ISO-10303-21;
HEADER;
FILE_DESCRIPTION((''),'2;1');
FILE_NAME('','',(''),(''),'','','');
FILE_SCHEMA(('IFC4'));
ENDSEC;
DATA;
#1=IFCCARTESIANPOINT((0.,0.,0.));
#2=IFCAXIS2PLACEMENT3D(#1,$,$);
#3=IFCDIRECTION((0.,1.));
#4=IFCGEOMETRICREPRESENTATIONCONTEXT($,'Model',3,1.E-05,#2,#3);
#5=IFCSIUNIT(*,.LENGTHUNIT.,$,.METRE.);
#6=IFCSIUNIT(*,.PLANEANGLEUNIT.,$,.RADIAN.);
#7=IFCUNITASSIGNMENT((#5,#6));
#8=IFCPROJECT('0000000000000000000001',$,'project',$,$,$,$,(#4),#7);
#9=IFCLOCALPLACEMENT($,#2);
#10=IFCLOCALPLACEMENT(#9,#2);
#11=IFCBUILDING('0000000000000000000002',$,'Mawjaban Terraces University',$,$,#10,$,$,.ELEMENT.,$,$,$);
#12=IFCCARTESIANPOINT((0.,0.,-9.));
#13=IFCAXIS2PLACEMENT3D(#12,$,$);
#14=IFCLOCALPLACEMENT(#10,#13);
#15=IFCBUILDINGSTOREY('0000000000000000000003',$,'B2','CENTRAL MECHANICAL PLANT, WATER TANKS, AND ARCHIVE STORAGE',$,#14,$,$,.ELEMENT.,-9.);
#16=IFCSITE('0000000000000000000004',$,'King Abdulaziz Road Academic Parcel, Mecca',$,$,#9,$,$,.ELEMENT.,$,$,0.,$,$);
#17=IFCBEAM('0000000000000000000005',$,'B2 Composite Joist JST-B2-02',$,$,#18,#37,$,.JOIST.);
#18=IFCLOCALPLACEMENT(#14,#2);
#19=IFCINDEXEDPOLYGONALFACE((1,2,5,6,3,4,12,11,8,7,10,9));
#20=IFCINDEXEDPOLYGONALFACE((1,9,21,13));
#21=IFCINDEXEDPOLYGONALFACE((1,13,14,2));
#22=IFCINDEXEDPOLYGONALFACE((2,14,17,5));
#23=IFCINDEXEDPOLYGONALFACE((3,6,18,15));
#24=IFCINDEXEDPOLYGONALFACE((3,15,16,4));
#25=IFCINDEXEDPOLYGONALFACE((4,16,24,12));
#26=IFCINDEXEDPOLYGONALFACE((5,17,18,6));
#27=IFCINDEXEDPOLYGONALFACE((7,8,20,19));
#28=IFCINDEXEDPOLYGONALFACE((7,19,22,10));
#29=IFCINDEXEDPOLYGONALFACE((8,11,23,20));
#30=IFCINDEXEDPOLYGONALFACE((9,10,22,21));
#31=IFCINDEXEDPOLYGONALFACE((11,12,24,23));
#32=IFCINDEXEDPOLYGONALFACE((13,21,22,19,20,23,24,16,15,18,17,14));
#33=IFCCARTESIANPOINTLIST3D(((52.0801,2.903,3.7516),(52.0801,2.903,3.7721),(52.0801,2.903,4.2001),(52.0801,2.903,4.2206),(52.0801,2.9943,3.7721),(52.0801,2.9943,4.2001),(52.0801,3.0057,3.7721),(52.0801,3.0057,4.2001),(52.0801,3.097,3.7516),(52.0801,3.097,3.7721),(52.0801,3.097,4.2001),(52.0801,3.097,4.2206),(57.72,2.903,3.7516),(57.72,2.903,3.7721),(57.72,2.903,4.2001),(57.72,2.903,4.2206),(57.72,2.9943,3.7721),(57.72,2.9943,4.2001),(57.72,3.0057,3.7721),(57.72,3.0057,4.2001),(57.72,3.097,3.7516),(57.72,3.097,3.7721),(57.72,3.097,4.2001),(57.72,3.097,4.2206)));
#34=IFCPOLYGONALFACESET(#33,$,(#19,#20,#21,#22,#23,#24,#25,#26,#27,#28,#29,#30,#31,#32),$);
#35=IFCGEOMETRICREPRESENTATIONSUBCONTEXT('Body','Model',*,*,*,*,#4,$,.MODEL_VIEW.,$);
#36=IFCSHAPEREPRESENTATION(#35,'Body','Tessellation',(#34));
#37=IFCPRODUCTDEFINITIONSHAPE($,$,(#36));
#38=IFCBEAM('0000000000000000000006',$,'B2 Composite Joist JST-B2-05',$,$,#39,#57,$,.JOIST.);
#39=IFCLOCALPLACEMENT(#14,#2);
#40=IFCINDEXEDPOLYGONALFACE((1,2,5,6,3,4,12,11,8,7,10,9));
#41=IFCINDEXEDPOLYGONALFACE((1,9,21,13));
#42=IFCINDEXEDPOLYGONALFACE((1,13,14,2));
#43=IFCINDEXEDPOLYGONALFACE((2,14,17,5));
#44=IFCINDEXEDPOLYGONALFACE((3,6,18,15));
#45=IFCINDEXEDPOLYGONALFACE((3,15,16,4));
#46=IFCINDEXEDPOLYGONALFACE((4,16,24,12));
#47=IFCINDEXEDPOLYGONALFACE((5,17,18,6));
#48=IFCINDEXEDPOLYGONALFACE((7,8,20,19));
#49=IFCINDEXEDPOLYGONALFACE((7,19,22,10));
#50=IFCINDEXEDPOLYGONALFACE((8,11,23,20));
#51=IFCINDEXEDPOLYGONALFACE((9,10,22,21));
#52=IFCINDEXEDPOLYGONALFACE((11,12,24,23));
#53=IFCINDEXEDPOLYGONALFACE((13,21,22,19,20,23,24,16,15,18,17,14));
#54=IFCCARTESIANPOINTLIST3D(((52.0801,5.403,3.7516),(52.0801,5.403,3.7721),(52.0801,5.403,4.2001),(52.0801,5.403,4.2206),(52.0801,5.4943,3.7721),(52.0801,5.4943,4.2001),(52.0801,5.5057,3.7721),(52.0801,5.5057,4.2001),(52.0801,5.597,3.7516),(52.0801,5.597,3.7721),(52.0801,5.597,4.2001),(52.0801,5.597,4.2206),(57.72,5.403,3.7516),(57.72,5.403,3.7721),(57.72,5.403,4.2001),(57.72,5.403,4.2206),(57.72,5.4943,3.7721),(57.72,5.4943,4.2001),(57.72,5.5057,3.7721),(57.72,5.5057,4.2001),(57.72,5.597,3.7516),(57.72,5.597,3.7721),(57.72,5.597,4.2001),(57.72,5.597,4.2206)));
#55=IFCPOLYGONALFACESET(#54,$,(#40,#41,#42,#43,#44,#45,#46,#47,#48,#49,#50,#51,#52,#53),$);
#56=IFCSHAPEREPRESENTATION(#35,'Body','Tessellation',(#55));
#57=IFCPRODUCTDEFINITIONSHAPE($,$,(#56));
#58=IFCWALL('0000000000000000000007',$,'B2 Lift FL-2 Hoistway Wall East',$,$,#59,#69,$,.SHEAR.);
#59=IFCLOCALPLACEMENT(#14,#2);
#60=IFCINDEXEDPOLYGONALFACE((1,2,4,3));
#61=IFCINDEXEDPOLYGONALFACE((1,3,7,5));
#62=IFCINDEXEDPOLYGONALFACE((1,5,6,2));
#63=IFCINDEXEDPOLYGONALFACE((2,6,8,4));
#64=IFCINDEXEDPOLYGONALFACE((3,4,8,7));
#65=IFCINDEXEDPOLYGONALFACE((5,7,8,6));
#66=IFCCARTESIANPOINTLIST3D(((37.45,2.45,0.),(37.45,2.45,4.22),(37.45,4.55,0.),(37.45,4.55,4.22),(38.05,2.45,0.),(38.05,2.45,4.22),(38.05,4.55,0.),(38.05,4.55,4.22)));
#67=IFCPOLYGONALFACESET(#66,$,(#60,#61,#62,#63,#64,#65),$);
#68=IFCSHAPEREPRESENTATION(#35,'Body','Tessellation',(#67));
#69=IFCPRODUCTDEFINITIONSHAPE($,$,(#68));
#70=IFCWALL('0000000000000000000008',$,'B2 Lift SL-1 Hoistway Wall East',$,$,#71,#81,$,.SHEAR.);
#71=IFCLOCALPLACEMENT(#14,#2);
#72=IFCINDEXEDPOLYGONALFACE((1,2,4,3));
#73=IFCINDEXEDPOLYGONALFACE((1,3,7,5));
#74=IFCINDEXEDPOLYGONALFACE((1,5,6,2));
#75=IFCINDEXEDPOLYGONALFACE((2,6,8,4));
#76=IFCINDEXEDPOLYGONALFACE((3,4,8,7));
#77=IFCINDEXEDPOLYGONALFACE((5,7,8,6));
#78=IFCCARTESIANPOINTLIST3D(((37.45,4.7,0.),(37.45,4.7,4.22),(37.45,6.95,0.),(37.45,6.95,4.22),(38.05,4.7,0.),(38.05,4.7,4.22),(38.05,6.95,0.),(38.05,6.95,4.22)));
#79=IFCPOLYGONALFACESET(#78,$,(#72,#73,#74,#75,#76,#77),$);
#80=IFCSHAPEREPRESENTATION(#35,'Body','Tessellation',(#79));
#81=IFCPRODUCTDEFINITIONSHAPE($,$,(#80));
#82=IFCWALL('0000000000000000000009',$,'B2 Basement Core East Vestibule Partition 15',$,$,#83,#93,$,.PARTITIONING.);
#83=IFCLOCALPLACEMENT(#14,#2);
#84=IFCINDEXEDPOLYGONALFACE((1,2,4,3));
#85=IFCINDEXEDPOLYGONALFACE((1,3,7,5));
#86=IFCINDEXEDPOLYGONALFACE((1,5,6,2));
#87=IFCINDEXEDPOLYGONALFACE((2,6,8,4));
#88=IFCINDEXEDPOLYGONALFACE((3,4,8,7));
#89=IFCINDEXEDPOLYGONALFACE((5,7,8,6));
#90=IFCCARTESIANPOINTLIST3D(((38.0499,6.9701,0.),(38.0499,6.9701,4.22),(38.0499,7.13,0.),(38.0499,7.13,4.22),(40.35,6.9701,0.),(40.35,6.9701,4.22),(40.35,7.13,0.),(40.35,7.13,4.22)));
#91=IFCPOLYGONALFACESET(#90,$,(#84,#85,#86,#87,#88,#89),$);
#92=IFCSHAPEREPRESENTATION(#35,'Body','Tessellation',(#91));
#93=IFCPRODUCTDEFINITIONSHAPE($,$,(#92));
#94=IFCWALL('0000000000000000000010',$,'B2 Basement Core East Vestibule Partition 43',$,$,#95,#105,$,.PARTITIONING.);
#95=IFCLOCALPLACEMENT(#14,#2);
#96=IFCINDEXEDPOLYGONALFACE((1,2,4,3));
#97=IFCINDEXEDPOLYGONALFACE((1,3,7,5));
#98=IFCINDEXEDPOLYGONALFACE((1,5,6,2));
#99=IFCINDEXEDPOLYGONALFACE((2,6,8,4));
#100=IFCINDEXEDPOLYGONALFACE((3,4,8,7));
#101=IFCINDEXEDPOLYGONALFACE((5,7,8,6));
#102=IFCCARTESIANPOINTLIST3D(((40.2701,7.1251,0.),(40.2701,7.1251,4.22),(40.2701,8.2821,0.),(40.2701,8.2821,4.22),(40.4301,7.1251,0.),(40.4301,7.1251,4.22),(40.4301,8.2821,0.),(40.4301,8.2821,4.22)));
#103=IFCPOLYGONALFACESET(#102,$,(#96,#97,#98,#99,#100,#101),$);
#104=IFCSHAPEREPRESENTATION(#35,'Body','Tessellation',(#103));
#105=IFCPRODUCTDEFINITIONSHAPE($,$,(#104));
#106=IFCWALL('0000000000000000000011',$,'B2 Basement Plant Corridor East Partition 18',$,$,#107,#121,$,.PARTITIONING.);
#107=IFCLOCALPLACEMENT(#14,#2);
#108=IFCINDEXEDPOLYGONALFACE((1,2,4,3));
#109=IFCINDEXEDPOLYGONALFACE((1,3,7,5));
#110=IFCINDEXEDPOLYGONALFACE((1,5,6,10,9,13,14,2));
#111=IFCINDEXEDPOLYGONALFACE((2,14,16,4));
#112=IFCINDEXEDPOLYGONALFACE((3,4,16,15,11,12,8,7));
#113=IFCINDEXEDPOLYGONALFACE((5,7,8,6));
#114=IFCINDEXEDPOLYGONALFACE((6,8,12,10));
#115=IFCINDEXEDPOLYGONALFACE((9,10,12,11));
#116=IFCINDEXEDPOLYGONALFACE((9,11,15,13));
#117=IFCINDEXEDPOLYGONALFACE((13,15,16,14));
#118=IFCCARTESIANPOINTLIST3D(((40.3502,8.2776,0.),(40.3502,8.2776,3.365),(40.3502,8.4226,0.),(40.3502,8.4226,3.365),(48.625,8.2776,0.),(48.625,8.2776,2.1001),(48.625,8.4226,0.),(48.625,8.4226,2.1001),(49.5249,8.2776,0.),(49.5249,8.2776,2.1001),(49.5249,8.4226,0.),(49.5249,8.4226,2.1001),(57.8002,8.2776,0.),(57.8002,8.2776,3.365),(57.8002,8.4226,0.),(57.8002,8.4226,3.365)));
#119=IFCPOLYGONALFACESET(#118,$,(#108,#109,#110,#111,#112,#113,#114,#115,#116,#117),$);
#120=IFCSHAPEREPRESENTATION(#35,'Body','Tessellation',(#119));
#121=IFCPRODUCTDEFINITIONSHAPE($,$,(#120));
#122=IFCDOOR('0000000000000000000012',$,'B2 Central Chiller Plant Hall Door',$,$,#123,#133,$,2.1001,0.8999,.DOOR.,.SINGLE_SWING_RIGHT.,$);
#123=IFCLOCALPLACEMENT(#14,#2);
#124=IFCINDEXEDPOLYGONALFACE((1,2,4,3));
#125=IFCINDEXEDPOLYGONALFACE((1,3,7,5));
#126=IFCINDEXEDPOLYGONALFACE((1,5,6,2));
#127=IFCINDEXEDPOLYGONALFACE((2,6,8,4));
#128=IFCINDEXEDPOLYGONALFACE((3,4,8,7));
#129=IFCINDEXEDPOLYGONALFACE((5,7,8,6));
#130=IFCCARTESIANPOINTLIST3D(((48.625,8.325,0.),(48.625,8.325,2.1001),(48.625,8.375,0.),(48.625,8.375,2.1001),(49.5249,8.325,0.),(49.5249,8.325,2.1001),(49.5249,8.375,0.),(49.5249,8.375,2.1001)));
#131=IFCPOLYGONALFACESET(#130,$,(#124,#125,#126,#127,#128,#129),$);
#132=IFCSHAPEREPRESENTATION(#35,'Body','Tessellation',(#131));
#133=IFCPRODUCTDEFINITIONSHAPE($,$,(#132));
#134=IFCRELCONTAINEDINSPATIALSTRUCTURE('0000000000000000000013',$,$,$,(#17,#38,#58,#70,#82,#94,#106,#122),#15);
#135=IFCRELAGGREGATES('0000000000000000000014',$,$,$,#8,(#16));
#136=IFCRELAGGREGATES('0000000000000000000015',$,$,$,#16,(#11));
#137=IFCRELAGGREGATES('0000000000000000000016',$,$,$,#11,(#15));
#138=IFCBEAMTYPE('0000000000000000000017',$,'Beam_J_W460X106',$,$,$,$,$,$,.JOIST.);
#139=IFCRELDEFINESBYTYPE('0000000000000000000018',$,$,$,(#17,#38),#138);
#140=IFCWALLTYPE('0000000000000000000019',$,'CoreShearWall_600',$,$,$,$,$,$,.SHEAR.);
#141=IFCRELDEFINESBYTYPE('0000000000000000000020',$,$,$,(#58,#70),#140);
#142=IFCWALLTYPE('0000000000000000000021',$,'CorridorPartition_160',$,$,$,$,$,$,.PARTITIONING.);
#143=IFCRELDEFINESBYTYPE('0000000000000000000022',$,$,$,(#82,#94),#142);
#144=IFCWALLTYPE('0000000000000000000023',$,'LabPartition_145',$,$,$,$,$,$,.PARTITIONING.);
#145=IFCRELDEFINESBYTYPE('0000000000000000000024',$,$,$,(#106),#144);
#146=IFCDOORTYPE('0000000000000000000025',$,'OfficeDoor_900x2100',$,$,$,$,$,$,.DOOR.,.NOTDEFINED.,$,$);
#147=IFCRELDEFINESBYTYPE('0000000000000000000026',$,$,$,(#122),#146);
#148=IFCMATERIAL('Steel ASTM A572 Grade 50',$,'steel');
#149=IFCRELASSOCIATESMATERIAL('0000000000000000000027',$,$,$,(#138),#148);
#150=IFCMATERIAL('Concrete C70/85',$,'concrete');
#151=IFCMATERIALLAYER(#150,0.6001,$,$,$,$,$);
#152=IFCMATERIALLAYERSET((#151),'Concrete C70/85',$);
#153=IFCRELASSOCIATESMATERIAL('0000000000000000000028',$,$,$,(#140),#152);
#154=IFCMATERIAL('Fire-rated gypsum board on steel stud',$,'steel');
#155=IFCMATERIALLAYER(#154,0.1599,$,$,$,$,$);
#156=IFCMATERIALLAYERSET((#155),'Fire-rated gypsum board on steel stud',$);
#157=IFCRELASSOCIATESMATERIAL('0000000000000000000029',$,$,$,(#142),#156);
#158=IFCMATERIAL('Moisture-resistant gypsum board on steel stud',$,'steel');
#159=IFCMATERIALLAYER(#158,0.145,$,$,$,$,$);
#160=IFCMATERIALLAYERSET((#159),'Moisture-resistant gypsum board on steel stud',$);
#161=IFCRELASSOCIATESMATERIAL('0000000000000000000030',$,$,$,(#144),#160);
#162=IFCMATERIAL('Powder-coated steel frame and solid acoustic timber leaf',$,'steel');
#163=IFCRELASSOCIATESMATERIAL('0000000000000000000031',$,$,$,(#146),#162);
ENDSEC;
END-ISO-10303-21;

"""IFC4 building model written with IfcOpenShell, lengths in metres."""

from ifc_helpers import new_model, si_unit, direction, frame, frame_2d, origin, origin_2d, place, context, subcontext, project, spatial, rectangle, i_section, extrude, material, layer, layer_set, material_profile, profile_set, type_object, element, fill, save


model = new_model("IFC4")

# Units and contexts
model_context = context("Model", 3, precision=1e-05, world=origin(), true_north=direction((0.0, 1.0)))
body_context = subcontext(model_context, "Body", "Model", "MODEL_VIEW")
ifc_project = project(units=[si_unit("LENGTHUNIT", "METRE"), si_unit("PLANEANGLEUNIT", "RADIAN")], contexts=[model_context])

# Site, building, storey
site_placement = place(None, origin())
site = spatial("IfcSite", under=ifc_project, at=site_placement, Name="King Abdulaziz Road Academic Parcel, Mecca", CompositionType="ELEMENT", RefElevation=0.0)
building_placement = place(site_placement, origin())
building = spatial("IfcBuilding", under=site, at=building_placement, Name="Mawjaban Terraces University", CompositionType="ELEMENT")
storey_placement = place(building_placement, frame((0.0, 0.0, -9.0)))
storey = spatial("IfcBuildingStorey", under=building, at=storey_placement, Name="B2", Description="CENTRAL MECHANICAL PLANT, WATER TANKS, AND ARCHIVE STORAGE", CompositionType="ELEMENT", Elevation=-9.0)

# Shared definitions
ifc_material_1 = material(Name="Concrete C70/85", Category="concrete")

# Beams
ifc_material_2 = material(Name="Steel ASTM A572 Grade 50", Category="steel")
ifc_material_profile_1 = material_profile(ifc_material_2, i_section(OverallWidth=0.1941, OverallDepth=0.469, WebThickness=0.0115, FlangeThickness=0.0205, at=origin_2d()), Name="W460X106")
ifc_profile_set_1 = profile_set([ifc_material_profile_1], Name="Steel ASTM A572 Grade 50")
beam_type_1 = type_object("IfcBeamType", Name="Beam_J_W460X106", PredefinedType="JOIST", material=ifc_profile_set_1)
for number, where, z_axis, x_axis, name in (
    (1, (52.0801, 3.0, 3.9861), (1.0, 0.0, 0.0), (0.0, 1.0, 0.0), "B2 Composite Joist JST-B2-02"),
    (2, (52.0801, 5.5, 3.9861), (1.0, 0.0, 0.0), (0.0, 1.0, 0.0), "B2 Composite Joist JST-B2-05"),
):
    element("IfcBeam", number, at=place(storey_placement, frame(where, z_axis=z_axis, x_axis=x_axis)), inside=storey, type_object=beam_type_1, Name=name, PredefinedType="JOIST", context=body_context, shape_type="SweptSolid", body=[
        extrude(i_section(OverallWidth=0.1941, OverallDepth=0.469, WebThickness=0.0115, FlangeThickness=0.0205, at=origin_2d()), origin(), (0.0, 0.0, 1.0), 5.6399),
    ])

# Walls
ifc_layer_1 = layer(ifc_material_1, 0.6001)
ifc_layer_set_1 = layer_set([ifc_layer_1], Name="Concrete C70/85")
wall_type_1 = type_object("IfcWallType", Name="CoreShearWall_600", PredefinedType="SHEAR", material=ifc_layer_set_1)
wall_1_placement = place(storey_placement, frame((37.75, 2.45, 0.0), z_axis=(0.0, 0.0, 1.0), x_axis=(0.0, 1.0, 0.0)))
element("IfcWall", 3, at=wall_1_placement, inside=storey, type_object=wall_type_1, Name="B2 Lift FL-2 Hoistway Wall East", PredefinedType="SHEAR", context=body_context, shape_type="SweptSolid", body=[
    extrude(rectangle(XDim=2.1001, YDim=0.6001, at=frame_2d((1.05, 0.0))), origin(), (0.0, 0.0, 1.0), 4.22),
])
wall_2_placement = place(storey_placement, frame((37.75, 4.7, 0.0), z_axis=(0.0, 0.0, 1.0), x_axis=(0.0, 1.0, 0.0)))
element("IfcWall", 4, at=wall_2_placement, inside=storey, type_object=wall_type_1, Name="B2 Lift SL-1 Hoistway Wall East", PredefinedType="SHEAR", context=body_context, shape_type="SweptSolid", body=[
    extrude(rectangle(XDim=2.25, YDim=0.6001, at=frame_2d((1.125, 0.0))), origin(), (0.0, 0.0, 1.0), 4.22),
])
ifc_material_3 = material(Name="Fire-rated gypsum board on steel stud", Category="steel")
ifc_layer_2 = layer(ifc_material_3, 0.1599)
ifc_layer_set_2 = layer_set([ifc_layer_2], Name="Fire-rated gypsum board on steel stud")
wall_type_2 = type_object("IfcWallType", Name="CorridorPartition_160", PredefinedType="PARTITIONING", material=ifc_layer_set_2)
wall_3_placement = place(storey_placement, frame((38.05, 7.05, 0.0), z_axis=(0.0, 0.0, 1.0), x_axis=(1.0, 0.0, 0.0)))
element("IfcWall", 5, at=wall_3_placement, inside=storey, type_object=wall_type_2, Name="B2 Basement Core East Vestibule Partition 15", PredefinedType="PARTITIONING", context=body_context, shape_type="SweptSolid", body=[
    extrude(rectangle(XDim=2.3, YDim=0.1599, at=frame_2d((1.1499, 0.0))), origin(), (0.0, 0.0, 1.0), 4.22),
])
wall_4_placement = place(storey_placement, frame((40.3501, 7.125, 0.0), z_axis=(0.0, 0.0, 1.0), x_axis=(0.0, 1.0, 0.0)))
element("IfcWall", 6, at=wall_4_placement, inside=storey, type_object=wall_type_2, Name="B2 Basement Core East Vestibule Partition 43", PredefinedType="PARTITIONING", context=body_context, shape_type="SweptSolid", body=[
    extrude(rectangle(XDim=1.157, YDim=0.1599, at=frame_2d((0.5786, 0.0))), origin(), (0.0, 0.0, 1.0), 4.22),
])

# Wall, opening, door
ifc_material_4 = material(Name="Moisture-resistant gypsum board on steel stud", Category="steel")
ifc_layer_3 = layer(ifc_material_4, 0.145)
ifc_layer_set_3 = layer_set([ifc_layer_3], Name="Moisture-resistant gypsum board on steel stud")
wall_type_3 = type_object("IfcWallType", Name="LabPartition_145", PredefinedType="PARTITIONING", material=ifc_layer_set_3)
wall_5_placement = place(storey_placement, frame((40.3501, 8.3501, 0.0), z_axis=(0.0, 0.0, 1.0), x_axis=(1.0, 0.0, 0.0)))
wall_5 = element("IfcWall", 7, at=wall_5_placement, inside=storey, type_object=wall_type_3, Name="B2 Basement Plant Corridor East Partition 18", PredefinedType="PARTITIONING", context=body_context, shape_type="SweptSolid", body=[
    extrude(rectangle(XDim=17.45, YDim=0.145, at=frame_2d((8.7251, 0.0))), origin(), (0.0, 0.0, 1.0), 3.365),
])
opening_placement = place(wall_5_placement, frame((8.2749, 0.0, 0.0)))
opening = element("IfcOpeningElement", 8, at=opening_placement, cuts=wall_5, PredefinedType="OPENING", context=body_context, shape_type="SweptSolid", body=[
    extrude(rectangle(XDim=0.8999, YDim=2.1001, at=frame_2d((0.45, 1.05))), frame((0.0, 0.0825, 0.0), z_axis=(0.0, -1.0, 0.0), x_axis=(1.0, 0.0, 0.0)), (0.0, 0.0, 1.0), 0.165),
])
ifc_material_5 = material(Name="Powder-coated steel frame and solid acoustic timber leaf", Category="steel")
door_type = type_object("IfcDoorType", Name="OfficeDoor_900x2100", OperationType="NOTDEFINED", PredefinedType="DOOR", material=ifc_material_5)
door_placement = place(opening_placement, origin())
door = element("IfcDoor", 9, at=door_placement, inside=storey, type_object=door_type, Name="B2 Central Chiller Plant Hall Door", OperationType="SINGLE_SWING_RIGHT", OverallHeight=2.1001, OverallWidth=0.8999, PredefinedType="DOOR", context=body_context, shape_type="SweptSolid", body=[
    extrude(rectangle(XDim=0.8999, YDim=2.1001, at=frame_2d((0.45, 1.05))), frame((0.0, 0.0249, 0.0), z_axis=(0.0, -1.0, 0.0), x_axis=(1.0, 0.0, 0.0)), (0.0, 0.0, 1.0), 0.05),
])
fill(opening, door)

save(model, "model.ifc")
